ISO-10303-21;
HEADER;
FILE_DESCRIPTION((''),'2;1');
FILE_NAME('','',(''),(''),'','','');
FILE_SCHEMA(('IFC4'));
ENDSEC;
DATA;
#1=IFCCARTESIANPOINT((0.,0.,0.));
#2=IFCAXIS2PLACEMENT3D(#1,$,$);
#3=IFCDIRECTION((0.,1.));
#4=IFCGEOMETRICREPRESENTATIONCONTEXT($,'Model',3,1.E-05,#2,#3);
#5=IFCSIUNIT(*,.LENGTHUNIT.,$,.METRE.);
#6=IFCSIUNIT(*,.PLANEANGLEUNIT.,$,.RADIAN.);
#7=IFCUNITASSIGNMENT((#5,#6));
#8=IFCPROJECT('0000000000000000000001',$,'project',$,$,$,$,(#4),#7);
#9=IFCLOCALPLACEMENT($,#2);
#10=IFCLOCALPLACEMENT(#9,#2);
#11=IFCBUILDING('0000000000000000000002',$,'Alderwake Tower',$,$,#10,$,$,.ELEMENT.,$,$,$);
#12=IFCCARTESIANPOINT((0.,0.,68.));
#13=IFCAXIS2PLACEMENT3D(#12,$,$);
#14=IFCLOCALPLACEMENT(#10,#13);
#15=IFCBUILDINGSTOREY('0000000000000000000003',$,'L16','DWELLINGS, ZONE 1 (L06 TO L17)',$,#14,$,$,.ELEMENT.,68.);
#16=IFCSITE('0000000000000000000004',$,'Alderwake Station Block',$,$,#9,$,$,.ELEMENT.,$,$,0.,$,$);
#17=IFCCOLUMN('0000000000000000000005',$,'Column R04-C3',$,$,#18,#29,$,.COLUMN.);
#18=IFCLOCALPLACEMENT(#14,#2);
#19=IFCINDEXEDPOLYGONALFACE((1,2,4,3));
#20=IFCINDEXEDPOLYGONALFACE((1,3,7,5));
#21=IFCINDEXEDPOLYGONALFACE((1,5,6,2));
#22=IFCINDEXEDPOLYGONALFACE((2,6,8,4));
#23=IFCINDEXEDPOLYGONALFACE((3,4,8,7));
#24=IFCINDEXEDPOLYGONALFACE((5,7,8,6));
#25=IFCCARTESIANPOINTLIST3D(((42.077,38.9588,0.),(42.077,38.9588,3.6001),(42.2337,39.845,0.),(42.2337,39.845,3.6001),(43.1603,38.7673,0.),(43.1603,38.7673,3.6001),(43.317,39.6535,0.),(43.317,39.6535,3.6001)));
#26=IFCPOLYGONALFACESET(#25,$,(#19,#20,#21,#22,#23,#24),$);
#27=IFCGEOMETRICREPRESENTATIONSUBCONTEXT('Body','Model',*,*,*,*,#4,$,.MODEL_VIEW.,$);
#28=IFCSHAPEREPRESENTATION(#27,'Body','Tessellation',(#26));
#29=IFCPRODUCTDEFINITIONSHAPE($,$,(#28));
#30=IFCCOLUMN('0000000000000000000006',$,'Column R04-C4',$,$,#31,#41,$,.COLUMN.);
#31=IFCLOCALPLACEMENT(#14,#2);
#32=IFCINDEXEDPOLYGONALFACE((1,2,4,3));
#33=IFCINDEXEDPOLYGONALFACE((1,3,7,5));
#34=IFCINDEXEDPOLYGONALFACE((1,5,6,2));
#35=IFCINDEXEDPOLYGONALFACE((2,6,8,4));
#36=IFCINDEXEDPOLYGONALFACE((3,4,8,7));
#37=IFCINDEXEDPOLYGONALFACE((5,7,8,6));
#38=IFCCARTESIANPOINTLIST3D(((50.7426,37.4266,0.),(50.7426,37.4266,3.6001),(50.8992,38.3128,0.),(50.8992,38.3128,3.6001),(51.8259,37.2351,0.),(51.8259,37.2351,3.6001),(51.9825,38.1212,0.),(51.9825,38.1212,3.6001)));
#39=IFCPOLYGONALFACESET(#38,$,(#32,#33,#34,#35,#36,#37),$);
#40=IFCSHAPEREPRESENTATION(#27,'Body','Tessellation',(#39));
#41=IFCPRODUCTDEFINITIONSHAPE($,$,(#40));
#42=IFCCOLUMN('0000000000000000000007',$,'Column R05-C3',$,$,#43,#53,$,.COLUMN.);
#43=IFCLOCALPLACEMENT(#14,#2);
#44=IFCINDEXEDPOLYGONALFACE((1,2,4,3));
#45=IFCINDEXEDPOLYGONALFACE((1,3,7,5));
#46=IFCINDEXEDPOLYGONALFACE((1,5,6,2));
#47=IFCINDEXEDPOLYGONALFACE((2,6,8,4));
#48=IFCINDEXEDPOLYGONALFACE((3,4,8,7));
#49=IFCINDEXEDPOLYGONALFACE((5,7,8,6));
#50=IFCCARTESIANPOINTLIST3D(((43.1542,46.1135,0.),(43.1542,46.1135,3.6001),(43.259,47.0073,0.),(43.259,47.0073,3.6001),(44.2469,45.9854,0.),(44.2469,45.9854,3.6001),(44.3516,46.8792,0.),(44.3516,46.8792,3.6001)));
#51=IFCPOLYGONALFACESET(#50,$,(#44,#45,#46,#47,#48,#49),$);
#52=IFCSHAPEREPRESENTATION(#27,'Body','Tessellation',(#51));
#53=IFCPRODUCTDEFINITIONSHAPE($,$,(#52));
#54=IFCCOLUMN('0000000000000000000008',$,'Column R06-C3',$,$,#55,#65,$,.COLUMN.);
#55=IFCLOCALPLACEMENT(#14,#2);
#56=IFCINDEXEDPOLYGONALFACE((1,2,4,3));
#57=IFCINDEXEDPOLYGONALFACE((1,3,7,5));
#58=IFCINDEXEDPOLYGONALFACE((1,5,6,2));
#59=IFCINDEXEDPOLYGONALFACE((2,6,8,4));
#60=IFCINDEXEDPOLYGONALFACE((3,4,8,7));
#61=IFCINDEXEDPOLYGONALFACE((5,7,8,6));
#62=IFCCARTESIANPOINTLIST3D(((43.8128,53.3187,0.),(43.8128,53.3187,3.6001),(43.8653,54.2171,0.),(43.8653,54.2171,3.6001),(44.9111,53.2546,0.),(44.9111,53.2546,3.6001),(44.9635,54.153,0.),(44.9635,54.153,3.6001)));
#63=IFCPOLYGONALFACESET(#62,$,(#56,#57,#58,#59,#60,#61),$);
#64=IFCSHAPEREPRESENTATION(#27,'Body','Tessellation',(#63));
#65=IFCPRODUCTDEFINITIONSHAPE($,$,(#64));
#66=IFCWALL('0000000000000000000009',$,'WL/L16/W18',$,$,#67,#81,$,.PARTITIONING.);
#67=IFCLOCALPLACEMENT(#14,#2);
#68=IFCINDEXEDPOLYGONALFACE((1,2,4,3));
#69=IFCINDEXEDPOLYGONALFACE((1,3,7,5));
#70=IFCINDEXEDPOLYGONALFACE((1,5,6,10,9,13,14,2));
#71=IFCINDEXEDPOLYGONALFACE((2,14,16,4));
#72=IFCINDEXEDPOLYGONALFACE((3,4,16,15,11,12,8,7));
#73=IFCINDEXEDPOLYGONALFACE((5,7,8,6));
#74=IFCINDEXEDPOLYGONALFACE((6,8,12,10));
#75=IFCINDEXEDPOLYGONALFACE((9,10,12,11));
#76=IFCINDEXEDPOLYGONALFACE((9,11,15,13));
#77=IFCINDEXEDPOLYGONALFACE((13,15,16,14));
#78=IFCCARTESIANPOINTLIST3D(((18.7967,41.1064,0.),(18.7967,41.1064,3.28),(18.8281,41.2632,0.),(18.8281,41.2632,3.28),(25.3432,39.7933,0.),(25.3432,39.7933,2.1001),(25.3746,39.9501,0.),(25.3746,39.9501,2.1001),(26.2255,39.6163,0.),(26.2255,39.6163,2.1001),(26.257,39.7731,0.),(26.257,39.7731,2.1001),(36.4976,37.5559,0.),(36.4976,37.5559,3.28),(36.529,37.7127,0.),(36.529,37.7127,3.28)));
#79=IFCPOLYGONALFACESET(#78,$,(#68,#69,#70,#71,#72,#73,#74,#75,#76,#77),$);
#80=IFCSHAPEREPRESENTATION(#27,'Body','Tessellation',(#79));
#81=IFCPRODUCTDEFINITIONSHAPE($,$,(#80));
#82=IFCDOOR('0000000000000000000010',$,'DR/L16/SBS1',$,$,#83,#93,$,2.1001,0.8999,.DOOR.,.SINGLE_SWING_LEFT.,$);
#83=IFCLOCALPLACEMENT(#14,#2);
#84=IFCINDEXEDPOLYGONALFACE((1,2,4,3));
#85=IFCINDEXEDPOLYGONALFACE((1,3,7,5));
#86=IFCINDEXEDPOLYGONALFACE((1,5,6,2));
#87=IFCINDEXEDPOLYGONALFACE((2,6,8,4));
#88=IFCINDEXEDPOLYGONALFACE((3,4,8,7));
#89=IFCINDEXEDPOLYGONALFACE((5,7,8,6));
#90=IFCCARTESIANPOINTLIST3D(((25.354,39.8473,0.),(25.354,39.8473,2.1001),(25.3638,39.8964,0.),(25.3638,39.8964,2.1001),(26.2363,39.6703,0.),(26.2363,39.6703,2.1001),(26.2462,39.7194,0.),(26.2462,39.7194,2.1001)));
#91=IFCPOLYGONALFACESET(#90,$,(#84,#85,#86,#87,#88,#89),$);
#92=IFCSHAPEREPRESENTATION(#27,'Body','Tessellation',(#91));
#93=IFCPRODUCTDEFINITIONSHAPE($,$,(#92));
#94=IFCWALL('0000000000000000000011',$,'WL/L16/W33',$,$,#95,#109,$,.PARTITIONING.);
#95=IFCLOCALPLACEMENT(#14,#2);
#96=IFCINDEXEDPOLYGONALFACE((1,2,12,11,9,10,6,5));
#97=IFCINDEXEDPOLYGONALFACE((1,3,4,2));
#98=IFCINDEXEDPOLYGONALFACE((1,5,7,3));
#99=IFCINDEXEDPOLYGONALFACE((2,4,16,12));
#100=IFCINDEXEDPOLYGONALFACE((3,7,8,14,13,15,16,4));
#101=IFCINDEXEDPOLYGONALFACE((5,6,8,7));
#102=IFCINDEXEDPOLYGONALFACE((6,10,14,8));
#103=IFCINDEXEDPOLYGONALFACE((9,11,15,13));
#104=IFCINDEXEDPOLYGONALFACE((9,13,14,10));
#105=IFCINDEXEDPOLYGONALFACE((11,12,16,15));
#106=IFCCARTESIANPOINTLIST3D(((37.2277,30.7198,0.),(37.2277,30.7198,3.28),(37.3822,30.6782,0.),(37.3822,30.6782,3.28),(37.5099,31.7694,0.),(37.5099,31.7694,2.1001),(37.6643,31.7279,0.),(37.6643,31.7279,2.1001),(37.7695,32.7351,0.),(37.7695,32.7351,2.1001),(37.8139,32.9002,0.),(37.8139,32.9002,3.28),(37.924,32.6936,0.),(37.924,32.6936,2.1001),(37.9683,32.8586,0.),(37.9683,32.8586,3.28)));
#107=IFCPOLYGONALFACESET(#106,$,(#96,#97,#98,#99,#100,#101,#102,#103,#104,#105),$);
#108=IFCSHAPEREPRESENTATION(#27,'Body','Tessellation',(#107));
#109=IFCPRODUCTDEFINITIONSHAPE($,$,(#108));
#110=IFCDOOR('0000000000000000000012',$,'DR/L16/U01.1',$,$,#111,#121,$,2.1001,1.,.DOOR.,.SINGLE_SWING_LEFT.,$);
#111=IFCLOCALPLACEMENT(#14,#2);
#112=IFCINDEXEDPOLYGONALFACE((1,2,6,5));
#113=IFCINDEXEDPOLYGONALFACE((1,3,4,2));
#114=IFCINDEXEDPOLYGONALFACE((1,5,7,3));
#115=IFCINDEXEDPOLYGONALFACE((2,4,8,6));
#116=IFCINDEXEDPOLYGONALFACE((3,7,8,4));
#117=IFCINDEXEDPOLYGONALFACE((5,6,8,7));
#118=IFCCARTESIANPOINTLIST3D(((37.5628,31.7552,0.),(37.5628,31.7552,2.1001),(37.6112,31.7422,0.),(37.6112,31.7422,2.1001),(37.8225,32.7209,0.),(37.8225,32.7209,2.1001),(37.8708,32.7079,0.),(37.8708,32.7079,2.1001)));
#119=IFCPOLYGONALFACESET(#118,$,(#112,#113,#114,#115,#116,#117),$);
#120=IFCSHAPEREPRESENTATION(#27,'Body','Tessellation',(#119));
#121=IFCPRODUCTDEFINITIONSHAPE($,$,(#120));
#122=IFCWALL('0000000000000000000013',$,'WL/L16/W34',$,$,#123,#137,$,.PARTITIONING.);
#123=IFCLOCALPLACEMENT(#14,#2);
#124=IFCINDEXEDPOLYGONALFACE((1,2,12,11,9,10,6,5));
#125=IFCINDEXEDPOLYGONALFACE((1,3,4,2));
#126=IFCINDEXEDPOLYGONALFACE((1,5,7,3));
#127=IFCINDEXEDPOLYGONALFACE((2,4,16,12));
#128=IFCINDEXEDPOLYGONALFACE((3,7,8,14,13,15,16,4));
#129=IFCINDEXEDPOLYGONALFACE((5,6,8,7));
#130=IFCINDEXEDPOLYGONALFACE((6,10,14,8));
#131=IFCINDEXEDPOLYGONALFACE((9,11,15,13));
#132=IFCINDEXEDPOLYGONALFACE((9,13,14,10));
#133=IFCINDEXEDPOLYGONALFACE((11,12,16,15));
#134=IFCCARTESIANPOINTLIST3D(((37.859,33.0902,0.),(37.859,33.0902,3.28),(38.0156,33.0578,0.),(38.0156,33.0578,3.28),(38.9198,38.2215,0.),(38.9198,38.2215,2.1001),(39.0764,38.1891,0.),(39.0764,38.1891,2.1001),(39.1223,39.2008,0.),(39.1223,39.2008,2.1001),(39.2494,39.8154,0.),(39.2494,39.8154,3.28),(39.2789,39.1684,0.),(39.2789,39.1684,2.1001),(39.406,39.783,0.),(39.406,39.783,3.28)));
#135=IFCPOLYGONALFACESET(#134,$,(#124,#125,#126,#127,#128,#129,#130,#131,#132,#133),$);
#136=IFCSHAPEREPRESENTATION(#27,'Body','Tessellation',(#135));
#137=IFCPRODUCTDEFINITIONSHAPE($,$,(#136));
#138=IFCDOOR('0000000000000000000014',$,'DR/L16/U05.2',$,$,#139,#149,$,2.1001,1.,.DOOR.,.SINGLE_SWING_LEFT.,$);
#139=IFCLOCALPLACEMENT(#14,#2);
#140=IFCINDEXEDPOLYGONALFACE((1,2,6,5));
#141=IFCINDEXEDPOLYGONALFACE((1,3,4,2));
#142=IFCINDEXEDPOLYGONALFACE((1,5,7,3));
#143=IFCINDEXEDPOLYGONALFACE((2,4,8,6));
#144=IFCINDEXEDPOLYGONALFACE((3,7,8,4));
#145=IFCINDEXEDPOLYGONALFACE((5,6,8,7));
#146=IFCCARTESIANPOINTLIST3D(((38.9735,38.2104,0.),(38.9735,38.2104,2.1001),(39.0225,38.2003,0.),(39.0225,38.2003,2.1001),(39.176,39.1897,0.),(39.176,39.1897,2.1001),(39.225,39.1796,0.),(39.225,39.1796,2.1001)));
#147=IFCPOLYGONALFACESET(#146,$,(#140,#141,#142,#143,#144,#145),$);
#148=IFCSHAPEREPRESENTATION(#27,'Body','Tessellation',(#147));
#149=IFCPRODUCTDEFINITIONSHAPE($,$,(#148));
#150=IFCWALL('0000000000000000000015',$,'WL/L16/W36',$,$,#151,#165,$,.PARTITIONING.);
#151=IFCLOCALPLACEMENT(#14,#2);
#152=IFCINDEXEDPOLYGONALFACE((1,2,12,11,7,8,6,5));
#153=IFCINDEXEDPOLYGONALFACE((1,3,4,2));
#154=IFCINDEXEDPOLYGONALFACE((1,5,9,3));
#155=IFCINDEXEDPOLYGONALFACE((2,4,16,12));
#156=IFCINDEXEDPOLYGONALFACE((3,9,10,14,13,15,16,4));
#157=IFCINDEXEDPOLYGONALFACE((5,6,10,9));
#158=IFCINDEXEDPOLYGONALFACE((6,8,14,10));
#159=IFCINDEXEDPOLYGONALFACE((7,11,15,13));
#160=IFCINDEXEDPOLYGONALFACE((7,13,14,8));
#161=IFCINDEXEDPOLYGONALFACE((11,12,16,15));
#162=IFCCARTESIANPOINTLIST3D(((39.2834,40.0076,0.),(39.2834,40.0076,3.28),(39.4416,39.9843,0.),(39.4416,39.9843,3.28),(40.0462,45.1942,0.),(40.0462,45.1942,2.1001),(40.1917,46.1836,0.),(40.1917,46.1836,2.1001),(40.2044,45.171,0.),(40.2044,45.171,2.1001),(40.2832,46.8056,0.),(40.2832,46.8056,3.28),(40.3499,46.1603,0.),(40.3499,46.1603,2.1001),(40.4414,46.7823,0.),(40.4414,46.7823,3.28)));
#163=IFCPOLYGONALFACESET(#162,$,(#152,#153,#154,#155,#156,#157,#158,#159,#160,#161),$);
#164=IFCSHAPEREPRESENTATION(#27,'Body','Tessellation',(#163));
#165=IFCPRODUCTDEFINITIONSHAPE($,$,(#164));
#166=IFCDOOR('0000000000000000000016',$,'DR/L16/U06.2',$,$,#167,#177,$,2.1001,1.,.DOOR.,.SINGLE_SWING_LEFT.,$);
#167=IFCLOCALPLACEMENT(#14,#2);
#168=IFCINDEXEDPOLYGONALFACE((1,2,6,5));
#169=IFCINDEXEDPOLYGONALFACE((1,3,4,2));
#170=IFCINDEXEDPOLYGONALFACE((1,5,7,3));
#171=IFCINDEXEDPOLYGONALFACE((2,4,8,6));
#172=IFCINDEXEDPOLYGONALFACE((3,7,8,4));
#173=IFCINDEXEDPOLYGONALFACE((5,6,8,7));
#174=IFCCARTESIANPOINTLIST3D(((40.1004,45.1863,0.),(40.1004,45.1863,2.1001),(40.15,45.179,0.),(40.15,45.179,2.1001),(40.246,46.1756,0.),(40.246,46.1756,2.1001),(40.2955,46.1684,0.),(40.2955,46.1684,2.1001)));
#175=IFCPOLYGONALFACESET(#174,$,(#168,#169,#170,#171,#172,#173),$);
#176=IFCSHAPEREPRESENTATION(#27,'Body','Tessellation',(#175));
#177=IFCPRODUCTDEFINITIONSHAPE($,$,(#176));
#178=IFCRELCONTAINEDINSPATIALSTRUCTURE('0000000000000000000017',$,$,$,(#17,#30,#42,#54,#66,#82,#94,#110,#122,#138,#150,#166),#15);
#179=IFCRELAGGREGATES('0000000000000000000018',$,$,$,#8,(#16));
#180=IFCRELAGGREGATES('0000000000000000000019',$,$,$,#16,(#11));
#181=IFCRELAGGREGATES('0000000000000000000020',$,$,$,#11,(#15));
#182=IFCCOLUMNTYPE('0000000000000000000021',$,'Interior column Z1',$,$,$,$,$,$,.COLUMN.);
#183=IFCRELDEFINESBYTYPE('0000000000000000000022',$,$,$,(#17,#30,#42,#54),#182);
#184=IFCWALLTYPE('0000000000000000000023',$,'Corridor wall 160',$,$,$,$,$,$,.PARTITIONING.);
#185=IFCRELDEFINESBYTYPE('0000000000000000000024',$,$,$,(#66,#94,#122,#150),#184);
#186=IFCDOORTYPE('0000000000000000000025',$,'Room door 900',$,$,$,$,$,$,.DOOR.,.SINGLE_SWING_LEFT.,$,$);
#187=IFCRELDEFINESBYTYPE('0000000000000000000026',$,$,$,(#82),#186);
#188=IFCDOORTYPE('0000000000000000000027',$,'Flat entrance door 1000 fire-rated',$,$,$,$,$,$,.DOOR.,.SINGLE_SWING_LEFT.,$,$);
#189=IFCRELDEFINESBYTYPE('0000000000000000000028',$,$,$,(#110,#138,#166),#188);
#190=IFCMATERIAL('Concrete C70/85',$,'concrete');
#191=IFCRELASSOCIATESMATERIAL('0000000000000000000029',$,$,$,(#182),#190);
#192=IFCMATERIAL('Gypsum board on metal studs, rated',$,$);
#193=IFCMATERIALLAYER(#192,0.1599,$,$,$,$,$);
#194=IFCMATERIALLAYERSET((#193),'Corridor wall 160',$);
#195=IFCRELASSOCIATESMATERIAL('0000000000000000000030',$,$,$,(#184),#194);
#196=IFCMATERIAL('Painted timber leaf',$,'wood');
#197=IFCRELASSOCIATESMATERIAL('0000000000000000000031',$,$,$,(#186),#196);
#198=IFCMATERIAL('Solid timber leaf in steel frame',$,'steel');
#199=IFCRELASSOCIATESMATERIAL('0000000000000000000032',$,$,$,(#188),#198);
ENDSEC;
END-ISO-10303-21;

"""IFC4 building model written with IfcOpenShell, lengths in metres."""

from ifc_helpers import new_model, si_unit, direction, frame, frame_2d, origin, origin_2d, place, context, subcontext, project, spatial, rectangle, extrude, material, layer, layer_set, material_profile, profile_set, type_object, element, fill, save


model = new_model("IFC4")

# Units and contexts
model_context = context("Model", 3, precision=1e-05, world=origin(), true_north=direction((0.0, 1.0)))
body_context = subcontext(model_context, "Body", "Model", "MODEL_VIEW")
ifc_project = project(units=[si_unit("LENGTHUNIT", "METRE"), si_unit("PLANEANGLEUNIT", "RADIAN")], contexts=[model_context])

# Site, building, storey
site_placement = place(None, origin())
site = spatial("IfcSite", under=ifc_project, at=site_placement, Name="Alderwake Station Block", CompositionType="ELEMENT", RefElevation=0.0)
building_placement = place(site_placement, origin())
building = spatial("IfcBuilding", under=site, at=building_placement, Name="Alderwake Tower", CompositionType="ELEMENT")
storey_placement = place(building_placement, frame((0.0, 0.0, 68.0)))
storey = spatial("IfcBuildingStorey", under=building, at=storey_placement, Name="L16", Description="DWELLINGS, ZONE 1 (L06 TO L17)", CompositionType="ELEMENT", Elevation=68.0)

# Columns
ifc_material_1 = material(Name="Concrete C70/85", Category="concrete")
ifc_material_profile = material_profile(ifc_material_1, rectangle(XDim=0.8999, YDim=1.1001, at=origin_2d()), Name="RC 1100X900")
ifc_profile_set = profile_set([ifc_material_profile], Name="Concrete C70/85")
column_type = type_object("IfcColumnType", Name="Interior column Z1", PredefinedType="COLUMN", material=ifc_profile_set)
for number, where, z_axis, x_axis, name in (
    (1, (42.697, 39.3062, 0.0), (0.0, 0.0, 1.0), (0.174109, 0.984726, 0.0), "Column R04-C3"),
    (2, (51.3625, 37.7739, 0.0), (0.0, 0.0, 1.0), (0.174109, 0.984726, 0.0), "Column R04-C4"),
    (3, (43.7529, 46.4963, 0.0), (0.0, 0.0, 1.0), (0.116402, 0.993202, 0.0), "Column R05-C3"),
    (4, (44.3882, 53.7358, 0.0), (0.0, 0.0, 1.0), (0.058299, 0.998299, 0.0), "Column R06-C3"),
):
    element("IfcColumn", number, at=place(storey_placement, frame(where, z_axis=z_axis, x_axis=x_axis)), inside=storey, type_object=column_type, Name=name, PredefinedType="COLUMN", context=body_context, shape_type="SweptSolid", body=[
        extrude(rectangle(XDim=0.8999, YDim=1.1001, at=origin_2d()), origin(), (0.0, 0.0, 1.0), 3.6001),
    ])

# Walls, openings, doors
ifc_material_2 = material(Name="Gypsum board on metal studs, rated")
ifc_layer_1 = layer(ifc_material_2, 0.1599)
ifc_layer_set_1 = layer_set([ifc_layer_1], Name="Corridor wall 160")
wall_type_1 = type_object("IfcWallType", Name="Corridor wall 160", PredefinedType="PARTITIONING", material=ifc_layer_set_1)
wall_1_placement = place(storey_placement, frame((36.5134, 37.6343, 0.0), z_axis=(0.0, 0.0, 1.0), x_axis=(-0.98047, 0.196667, 0.0)))
wall_1 = element("IfcWall", 5, at=wall_1_placement, inside=storey, type_object=wall_type_1, Name="WL/L16/W18", PredefinedType="PARTITIONING", context=body_context, shape_type="SweptSolid", body=[
    extrude(rectangle(XDim=18.0535, YDim=0.1599, at=frame_2d((9.0269, 0.0))), origin(), (0.0, 0.0, 1.0), 3.28),
])
opening_1_placement = place(wall_1_placement, frame((10.4768, 0.0, 0.0)))
opening_1 = element("IfcOpeningElement", 6, at=opening_1_placement, cuts=wall_1, PredefinedType="OPENING", context=body_context, shape_type="SweptSolid", body=[
    extrude(rectangle(XDim=0.8999, YDim=2.1001, at=frame_2d((0.45, 1.05))), frame((0.0, 0.0898, 0.0), z_axis=(0.0, -1.0, 0.0), x_axis=(1.0, 0.0, 0.0)), (0.0, 0.0, 1.0), 0.1799),
])
ifc_material_3 = material(Name="Painted timber leaf", Category="wood")
door_type_1 = type_object("IfcDoorType", Name="Room door 900", OperationType="SINGLE_SWING_LEFT", PredefinedType="DOOR", material=ifc_material_3)
door_1_placement = place(opening_1_placement, origin())
door_1 = element("IfcDoor", 7, at=door_1_placement, inside=storey, type_object=door_type_1, Name="DR/L16/SBS1", OperationType="SINGLE_SWING_LEFT", OverallHeight=2.1001, OverallWidth=0.8999, PredefinedType="DOOR", context=body_context, shape_type="SweptSolid", body=[
    extrude(rectangle(XDim=0.8999, YDim=2.1001, at=frame_2d((0.45, 1.05))), frame((0.0, 0.0249, 0.0), z_axis=(0.0, -1.0, 0.0), x_axis=(1.0, 0.0, 0.0)), (0.0, 0.0, 1.0), 0.05),
])
fill(opening_1, door_1)
wall_2_placement = place(storey_placement, frame((37.8911, 32.8794, 0.0), z_axis=(0.0, 0.0, 1.0), x_axis=(-0.259621, -0.965711, 0.0)))
wall_2 = element("IfcWall", 8, at=wall_2_placement, inside=storey, type_object=wall_type_1, Name="WL/L16/W33", PredefinedType="PARTITIONING", context=body_context, shape_type="SweptSolid", body=[
    extrude(rectangle(XDim=2.2578, YDim=0.1599, at=frame_2d((1.1289, 0.0))), origin(), (0.0, 0.0, 1.0), 3.28),
])
opening_2_placement = place(wall_2_placement, frame((0.1709, 0.0, 0.0)))
opening_2 = element("IfcOpeningElement", 9, at=opening_2_placement, cuts=wall_2, PredefinedType="OPENING", context=body_context, shape_type="SweptSolid", body=[
    extrude(rectangle(XDim=1.0, YDim=2.1001, at=frame_2d((0.5, 1.05))), frame((0.0, 0.0898, 0.0), z_axis=(0.0, -1.0, 0.0), x_axis=(1.0, 0.0, 0.0)), (0.0, 0.0, 1.0), 0.1799),
])
ifc_material_4 = material(Name="Solid timber leaf in steel frame", Category="steel")
door_type_2 = type_object("IfcDoorType", Name="Flat entrance door 1000 fire-rated", OperationType="SINGLE_SWING_LEFT", PredefinedType="DOOR", material=ifc_material_4)
door_2_placement = place(opening_2_placement, origin())
door_2 = element("IfcDoor", 10, at=door_2_placement, inside=storey, type_object=door_type_2, Name="DR/L16/U01.1", OperationType="SINGLE_SWING_LEFT", OverallHeight=2.1001, OverallWidth=1.0, PredefinedType="DOOR", context=body_context, shape_type="SweptSolid", body=[
    extrude(rectangle(XDim=1.0, YDim=2.1001, at=frame_2d((0.5, 1.05))), frame((0.0, 0.0249, 0.0), z_axis=(0.0, -1.0, 0.0), x_axis=(1.0, 0.0, 0.0)), (0.0, 0.0, 1.0), 0.05),
])
fill(opening_2, door_2)
wall_3_placement = place(storey_placement, frame((39.3276, 39.7991, 0.0), z_axis=(0.0, 0.0, 1.0), x_axis=(-0.202463, -0.97929, 0.0)))
wall_3 = element("IfcWall", 11, at=wall_3_placement, inside=storey, type_object=wall_type_1, Name="WL/L16/W34", PredefinedType="PARTITIONING", context=body_context, shape_type="SweptSolid", body=[
    extrude(rectangle(XDim=6.8674, YDim=0.1599, at=frame_2d((3.4336, 0.0))), origin(), (0.0, 0.0, 1.0), 3.28),
])
opening_3_placement = place(wall_3_placement, frame((0.6274, 0.0, 0.0)))
opening_3 = element("IfcOpeningElement", 12, at=opening_3_placement, cuts=wall_3, PredefinedType="OPENING", context=body_context, shape_type="SweptSolid", body=[
    extrude(rectangle(XDim=1.0, YDim=2.1001, at=frame_2d((0.5, 1.05))), frame((0.0, 0.0898, 0.0), z_axis=(0.0, -1.0, 0.0), x_axis=(1.0, 0.0, 0.0)), (0.0, 0.0, 1.0), 0.1799),
])
door_3_placement = place(opening_3_placement, origin())
door_3 = element("IfcDoor", 13, at=door_3_placement, inside=storey, type_object=door_type_2, Name="DR/L16/U05.2", OperationType="SINGLE_SWING_LEFT", OverallHeight=2.1001, OverallWidth=1.0, PredefinedType="DOOR", context=body_context, shape_type="SweptSolid", body=[
    extrude(rectangle(XDim=1.0, YDim=2.1001, at=frame_2d((0.5, 1.05))), frame((0.0, 0.0249, 0.0), z_axis=(0.0, -1.0, 0.0), x_axis=(1.0, 0.0, 0.0)), (0.0, 0.0, 1.0), 0.05),
])
fill(opening_3, door_3)
wall_4_placement = place(storey_placement, frame((40.3623, 46.7939, 0.0), z_axis=(0.0, 0.0, 1.0), x_axis=(-0.145504, -0.989358, 0.0)))
wall_4 = element("IfcWall", 14, at=wall_4_placement, inside=storey, type_object=wall_type_1, Name="WL/L16/W36", PredefinedType="PARTITIONING", context=body_context, shape_type="SweptSolid", body=[
    extrude(rectangle(XDim=6.8711, YDim=0.1599, at=frame_2d((3.4355, 0.0))), origin(), (0.0, 0.0, 1.0), 3.28),
])
opening_4_placement = place(wall_4_placement, frame((0.6287, 0.0, 0.0)))
opening_4 = element("IfcOpeningElement", 15, at=opening_4_placement, cuts=wall_4, PredefinedType="OPENING", context=body_context, shape_type="SweptSolid", body=[
    extrude(rectangle(XDim=1.0, YDim=2.1001, at=frame_2d((0.5, 1.05))), frame((0.0, 0.0898, 0.0), z_axis=(0.0, -1.0, 0.0), x_axis=(1.0, 0.0, 0.0)), (0.0, 0.0, 1.0), 0.1799),
])
door_4_placement = place(opening_4_placement, origin())
door_4 = element("IfcDoor", 16, at=door_4_placement, inside=storey, type_object=door_type_2, Name="DR/L16/U06.2", OperationType="SINGLE_SWING_LEFT", OverallHeight=2.1001, OverallWidth=1.0, PredefinedType="DOOR", context=body_context, shape_type="SweptSolid", body=[
    extrude(rectangle(XDim=1.0, YDim=2.1001, at=frame_2d((0.5, 1.05))), frame((0.0, 0.0249, 0.0), z_axis=(0.0, -1.0, 0.0), x_axis=(1.0, 0.0, 0.0)), (0.0, 0.0, 1.0), 0.05),
])
fill(opening_4, door_4)

save(model, "model.ifc")
